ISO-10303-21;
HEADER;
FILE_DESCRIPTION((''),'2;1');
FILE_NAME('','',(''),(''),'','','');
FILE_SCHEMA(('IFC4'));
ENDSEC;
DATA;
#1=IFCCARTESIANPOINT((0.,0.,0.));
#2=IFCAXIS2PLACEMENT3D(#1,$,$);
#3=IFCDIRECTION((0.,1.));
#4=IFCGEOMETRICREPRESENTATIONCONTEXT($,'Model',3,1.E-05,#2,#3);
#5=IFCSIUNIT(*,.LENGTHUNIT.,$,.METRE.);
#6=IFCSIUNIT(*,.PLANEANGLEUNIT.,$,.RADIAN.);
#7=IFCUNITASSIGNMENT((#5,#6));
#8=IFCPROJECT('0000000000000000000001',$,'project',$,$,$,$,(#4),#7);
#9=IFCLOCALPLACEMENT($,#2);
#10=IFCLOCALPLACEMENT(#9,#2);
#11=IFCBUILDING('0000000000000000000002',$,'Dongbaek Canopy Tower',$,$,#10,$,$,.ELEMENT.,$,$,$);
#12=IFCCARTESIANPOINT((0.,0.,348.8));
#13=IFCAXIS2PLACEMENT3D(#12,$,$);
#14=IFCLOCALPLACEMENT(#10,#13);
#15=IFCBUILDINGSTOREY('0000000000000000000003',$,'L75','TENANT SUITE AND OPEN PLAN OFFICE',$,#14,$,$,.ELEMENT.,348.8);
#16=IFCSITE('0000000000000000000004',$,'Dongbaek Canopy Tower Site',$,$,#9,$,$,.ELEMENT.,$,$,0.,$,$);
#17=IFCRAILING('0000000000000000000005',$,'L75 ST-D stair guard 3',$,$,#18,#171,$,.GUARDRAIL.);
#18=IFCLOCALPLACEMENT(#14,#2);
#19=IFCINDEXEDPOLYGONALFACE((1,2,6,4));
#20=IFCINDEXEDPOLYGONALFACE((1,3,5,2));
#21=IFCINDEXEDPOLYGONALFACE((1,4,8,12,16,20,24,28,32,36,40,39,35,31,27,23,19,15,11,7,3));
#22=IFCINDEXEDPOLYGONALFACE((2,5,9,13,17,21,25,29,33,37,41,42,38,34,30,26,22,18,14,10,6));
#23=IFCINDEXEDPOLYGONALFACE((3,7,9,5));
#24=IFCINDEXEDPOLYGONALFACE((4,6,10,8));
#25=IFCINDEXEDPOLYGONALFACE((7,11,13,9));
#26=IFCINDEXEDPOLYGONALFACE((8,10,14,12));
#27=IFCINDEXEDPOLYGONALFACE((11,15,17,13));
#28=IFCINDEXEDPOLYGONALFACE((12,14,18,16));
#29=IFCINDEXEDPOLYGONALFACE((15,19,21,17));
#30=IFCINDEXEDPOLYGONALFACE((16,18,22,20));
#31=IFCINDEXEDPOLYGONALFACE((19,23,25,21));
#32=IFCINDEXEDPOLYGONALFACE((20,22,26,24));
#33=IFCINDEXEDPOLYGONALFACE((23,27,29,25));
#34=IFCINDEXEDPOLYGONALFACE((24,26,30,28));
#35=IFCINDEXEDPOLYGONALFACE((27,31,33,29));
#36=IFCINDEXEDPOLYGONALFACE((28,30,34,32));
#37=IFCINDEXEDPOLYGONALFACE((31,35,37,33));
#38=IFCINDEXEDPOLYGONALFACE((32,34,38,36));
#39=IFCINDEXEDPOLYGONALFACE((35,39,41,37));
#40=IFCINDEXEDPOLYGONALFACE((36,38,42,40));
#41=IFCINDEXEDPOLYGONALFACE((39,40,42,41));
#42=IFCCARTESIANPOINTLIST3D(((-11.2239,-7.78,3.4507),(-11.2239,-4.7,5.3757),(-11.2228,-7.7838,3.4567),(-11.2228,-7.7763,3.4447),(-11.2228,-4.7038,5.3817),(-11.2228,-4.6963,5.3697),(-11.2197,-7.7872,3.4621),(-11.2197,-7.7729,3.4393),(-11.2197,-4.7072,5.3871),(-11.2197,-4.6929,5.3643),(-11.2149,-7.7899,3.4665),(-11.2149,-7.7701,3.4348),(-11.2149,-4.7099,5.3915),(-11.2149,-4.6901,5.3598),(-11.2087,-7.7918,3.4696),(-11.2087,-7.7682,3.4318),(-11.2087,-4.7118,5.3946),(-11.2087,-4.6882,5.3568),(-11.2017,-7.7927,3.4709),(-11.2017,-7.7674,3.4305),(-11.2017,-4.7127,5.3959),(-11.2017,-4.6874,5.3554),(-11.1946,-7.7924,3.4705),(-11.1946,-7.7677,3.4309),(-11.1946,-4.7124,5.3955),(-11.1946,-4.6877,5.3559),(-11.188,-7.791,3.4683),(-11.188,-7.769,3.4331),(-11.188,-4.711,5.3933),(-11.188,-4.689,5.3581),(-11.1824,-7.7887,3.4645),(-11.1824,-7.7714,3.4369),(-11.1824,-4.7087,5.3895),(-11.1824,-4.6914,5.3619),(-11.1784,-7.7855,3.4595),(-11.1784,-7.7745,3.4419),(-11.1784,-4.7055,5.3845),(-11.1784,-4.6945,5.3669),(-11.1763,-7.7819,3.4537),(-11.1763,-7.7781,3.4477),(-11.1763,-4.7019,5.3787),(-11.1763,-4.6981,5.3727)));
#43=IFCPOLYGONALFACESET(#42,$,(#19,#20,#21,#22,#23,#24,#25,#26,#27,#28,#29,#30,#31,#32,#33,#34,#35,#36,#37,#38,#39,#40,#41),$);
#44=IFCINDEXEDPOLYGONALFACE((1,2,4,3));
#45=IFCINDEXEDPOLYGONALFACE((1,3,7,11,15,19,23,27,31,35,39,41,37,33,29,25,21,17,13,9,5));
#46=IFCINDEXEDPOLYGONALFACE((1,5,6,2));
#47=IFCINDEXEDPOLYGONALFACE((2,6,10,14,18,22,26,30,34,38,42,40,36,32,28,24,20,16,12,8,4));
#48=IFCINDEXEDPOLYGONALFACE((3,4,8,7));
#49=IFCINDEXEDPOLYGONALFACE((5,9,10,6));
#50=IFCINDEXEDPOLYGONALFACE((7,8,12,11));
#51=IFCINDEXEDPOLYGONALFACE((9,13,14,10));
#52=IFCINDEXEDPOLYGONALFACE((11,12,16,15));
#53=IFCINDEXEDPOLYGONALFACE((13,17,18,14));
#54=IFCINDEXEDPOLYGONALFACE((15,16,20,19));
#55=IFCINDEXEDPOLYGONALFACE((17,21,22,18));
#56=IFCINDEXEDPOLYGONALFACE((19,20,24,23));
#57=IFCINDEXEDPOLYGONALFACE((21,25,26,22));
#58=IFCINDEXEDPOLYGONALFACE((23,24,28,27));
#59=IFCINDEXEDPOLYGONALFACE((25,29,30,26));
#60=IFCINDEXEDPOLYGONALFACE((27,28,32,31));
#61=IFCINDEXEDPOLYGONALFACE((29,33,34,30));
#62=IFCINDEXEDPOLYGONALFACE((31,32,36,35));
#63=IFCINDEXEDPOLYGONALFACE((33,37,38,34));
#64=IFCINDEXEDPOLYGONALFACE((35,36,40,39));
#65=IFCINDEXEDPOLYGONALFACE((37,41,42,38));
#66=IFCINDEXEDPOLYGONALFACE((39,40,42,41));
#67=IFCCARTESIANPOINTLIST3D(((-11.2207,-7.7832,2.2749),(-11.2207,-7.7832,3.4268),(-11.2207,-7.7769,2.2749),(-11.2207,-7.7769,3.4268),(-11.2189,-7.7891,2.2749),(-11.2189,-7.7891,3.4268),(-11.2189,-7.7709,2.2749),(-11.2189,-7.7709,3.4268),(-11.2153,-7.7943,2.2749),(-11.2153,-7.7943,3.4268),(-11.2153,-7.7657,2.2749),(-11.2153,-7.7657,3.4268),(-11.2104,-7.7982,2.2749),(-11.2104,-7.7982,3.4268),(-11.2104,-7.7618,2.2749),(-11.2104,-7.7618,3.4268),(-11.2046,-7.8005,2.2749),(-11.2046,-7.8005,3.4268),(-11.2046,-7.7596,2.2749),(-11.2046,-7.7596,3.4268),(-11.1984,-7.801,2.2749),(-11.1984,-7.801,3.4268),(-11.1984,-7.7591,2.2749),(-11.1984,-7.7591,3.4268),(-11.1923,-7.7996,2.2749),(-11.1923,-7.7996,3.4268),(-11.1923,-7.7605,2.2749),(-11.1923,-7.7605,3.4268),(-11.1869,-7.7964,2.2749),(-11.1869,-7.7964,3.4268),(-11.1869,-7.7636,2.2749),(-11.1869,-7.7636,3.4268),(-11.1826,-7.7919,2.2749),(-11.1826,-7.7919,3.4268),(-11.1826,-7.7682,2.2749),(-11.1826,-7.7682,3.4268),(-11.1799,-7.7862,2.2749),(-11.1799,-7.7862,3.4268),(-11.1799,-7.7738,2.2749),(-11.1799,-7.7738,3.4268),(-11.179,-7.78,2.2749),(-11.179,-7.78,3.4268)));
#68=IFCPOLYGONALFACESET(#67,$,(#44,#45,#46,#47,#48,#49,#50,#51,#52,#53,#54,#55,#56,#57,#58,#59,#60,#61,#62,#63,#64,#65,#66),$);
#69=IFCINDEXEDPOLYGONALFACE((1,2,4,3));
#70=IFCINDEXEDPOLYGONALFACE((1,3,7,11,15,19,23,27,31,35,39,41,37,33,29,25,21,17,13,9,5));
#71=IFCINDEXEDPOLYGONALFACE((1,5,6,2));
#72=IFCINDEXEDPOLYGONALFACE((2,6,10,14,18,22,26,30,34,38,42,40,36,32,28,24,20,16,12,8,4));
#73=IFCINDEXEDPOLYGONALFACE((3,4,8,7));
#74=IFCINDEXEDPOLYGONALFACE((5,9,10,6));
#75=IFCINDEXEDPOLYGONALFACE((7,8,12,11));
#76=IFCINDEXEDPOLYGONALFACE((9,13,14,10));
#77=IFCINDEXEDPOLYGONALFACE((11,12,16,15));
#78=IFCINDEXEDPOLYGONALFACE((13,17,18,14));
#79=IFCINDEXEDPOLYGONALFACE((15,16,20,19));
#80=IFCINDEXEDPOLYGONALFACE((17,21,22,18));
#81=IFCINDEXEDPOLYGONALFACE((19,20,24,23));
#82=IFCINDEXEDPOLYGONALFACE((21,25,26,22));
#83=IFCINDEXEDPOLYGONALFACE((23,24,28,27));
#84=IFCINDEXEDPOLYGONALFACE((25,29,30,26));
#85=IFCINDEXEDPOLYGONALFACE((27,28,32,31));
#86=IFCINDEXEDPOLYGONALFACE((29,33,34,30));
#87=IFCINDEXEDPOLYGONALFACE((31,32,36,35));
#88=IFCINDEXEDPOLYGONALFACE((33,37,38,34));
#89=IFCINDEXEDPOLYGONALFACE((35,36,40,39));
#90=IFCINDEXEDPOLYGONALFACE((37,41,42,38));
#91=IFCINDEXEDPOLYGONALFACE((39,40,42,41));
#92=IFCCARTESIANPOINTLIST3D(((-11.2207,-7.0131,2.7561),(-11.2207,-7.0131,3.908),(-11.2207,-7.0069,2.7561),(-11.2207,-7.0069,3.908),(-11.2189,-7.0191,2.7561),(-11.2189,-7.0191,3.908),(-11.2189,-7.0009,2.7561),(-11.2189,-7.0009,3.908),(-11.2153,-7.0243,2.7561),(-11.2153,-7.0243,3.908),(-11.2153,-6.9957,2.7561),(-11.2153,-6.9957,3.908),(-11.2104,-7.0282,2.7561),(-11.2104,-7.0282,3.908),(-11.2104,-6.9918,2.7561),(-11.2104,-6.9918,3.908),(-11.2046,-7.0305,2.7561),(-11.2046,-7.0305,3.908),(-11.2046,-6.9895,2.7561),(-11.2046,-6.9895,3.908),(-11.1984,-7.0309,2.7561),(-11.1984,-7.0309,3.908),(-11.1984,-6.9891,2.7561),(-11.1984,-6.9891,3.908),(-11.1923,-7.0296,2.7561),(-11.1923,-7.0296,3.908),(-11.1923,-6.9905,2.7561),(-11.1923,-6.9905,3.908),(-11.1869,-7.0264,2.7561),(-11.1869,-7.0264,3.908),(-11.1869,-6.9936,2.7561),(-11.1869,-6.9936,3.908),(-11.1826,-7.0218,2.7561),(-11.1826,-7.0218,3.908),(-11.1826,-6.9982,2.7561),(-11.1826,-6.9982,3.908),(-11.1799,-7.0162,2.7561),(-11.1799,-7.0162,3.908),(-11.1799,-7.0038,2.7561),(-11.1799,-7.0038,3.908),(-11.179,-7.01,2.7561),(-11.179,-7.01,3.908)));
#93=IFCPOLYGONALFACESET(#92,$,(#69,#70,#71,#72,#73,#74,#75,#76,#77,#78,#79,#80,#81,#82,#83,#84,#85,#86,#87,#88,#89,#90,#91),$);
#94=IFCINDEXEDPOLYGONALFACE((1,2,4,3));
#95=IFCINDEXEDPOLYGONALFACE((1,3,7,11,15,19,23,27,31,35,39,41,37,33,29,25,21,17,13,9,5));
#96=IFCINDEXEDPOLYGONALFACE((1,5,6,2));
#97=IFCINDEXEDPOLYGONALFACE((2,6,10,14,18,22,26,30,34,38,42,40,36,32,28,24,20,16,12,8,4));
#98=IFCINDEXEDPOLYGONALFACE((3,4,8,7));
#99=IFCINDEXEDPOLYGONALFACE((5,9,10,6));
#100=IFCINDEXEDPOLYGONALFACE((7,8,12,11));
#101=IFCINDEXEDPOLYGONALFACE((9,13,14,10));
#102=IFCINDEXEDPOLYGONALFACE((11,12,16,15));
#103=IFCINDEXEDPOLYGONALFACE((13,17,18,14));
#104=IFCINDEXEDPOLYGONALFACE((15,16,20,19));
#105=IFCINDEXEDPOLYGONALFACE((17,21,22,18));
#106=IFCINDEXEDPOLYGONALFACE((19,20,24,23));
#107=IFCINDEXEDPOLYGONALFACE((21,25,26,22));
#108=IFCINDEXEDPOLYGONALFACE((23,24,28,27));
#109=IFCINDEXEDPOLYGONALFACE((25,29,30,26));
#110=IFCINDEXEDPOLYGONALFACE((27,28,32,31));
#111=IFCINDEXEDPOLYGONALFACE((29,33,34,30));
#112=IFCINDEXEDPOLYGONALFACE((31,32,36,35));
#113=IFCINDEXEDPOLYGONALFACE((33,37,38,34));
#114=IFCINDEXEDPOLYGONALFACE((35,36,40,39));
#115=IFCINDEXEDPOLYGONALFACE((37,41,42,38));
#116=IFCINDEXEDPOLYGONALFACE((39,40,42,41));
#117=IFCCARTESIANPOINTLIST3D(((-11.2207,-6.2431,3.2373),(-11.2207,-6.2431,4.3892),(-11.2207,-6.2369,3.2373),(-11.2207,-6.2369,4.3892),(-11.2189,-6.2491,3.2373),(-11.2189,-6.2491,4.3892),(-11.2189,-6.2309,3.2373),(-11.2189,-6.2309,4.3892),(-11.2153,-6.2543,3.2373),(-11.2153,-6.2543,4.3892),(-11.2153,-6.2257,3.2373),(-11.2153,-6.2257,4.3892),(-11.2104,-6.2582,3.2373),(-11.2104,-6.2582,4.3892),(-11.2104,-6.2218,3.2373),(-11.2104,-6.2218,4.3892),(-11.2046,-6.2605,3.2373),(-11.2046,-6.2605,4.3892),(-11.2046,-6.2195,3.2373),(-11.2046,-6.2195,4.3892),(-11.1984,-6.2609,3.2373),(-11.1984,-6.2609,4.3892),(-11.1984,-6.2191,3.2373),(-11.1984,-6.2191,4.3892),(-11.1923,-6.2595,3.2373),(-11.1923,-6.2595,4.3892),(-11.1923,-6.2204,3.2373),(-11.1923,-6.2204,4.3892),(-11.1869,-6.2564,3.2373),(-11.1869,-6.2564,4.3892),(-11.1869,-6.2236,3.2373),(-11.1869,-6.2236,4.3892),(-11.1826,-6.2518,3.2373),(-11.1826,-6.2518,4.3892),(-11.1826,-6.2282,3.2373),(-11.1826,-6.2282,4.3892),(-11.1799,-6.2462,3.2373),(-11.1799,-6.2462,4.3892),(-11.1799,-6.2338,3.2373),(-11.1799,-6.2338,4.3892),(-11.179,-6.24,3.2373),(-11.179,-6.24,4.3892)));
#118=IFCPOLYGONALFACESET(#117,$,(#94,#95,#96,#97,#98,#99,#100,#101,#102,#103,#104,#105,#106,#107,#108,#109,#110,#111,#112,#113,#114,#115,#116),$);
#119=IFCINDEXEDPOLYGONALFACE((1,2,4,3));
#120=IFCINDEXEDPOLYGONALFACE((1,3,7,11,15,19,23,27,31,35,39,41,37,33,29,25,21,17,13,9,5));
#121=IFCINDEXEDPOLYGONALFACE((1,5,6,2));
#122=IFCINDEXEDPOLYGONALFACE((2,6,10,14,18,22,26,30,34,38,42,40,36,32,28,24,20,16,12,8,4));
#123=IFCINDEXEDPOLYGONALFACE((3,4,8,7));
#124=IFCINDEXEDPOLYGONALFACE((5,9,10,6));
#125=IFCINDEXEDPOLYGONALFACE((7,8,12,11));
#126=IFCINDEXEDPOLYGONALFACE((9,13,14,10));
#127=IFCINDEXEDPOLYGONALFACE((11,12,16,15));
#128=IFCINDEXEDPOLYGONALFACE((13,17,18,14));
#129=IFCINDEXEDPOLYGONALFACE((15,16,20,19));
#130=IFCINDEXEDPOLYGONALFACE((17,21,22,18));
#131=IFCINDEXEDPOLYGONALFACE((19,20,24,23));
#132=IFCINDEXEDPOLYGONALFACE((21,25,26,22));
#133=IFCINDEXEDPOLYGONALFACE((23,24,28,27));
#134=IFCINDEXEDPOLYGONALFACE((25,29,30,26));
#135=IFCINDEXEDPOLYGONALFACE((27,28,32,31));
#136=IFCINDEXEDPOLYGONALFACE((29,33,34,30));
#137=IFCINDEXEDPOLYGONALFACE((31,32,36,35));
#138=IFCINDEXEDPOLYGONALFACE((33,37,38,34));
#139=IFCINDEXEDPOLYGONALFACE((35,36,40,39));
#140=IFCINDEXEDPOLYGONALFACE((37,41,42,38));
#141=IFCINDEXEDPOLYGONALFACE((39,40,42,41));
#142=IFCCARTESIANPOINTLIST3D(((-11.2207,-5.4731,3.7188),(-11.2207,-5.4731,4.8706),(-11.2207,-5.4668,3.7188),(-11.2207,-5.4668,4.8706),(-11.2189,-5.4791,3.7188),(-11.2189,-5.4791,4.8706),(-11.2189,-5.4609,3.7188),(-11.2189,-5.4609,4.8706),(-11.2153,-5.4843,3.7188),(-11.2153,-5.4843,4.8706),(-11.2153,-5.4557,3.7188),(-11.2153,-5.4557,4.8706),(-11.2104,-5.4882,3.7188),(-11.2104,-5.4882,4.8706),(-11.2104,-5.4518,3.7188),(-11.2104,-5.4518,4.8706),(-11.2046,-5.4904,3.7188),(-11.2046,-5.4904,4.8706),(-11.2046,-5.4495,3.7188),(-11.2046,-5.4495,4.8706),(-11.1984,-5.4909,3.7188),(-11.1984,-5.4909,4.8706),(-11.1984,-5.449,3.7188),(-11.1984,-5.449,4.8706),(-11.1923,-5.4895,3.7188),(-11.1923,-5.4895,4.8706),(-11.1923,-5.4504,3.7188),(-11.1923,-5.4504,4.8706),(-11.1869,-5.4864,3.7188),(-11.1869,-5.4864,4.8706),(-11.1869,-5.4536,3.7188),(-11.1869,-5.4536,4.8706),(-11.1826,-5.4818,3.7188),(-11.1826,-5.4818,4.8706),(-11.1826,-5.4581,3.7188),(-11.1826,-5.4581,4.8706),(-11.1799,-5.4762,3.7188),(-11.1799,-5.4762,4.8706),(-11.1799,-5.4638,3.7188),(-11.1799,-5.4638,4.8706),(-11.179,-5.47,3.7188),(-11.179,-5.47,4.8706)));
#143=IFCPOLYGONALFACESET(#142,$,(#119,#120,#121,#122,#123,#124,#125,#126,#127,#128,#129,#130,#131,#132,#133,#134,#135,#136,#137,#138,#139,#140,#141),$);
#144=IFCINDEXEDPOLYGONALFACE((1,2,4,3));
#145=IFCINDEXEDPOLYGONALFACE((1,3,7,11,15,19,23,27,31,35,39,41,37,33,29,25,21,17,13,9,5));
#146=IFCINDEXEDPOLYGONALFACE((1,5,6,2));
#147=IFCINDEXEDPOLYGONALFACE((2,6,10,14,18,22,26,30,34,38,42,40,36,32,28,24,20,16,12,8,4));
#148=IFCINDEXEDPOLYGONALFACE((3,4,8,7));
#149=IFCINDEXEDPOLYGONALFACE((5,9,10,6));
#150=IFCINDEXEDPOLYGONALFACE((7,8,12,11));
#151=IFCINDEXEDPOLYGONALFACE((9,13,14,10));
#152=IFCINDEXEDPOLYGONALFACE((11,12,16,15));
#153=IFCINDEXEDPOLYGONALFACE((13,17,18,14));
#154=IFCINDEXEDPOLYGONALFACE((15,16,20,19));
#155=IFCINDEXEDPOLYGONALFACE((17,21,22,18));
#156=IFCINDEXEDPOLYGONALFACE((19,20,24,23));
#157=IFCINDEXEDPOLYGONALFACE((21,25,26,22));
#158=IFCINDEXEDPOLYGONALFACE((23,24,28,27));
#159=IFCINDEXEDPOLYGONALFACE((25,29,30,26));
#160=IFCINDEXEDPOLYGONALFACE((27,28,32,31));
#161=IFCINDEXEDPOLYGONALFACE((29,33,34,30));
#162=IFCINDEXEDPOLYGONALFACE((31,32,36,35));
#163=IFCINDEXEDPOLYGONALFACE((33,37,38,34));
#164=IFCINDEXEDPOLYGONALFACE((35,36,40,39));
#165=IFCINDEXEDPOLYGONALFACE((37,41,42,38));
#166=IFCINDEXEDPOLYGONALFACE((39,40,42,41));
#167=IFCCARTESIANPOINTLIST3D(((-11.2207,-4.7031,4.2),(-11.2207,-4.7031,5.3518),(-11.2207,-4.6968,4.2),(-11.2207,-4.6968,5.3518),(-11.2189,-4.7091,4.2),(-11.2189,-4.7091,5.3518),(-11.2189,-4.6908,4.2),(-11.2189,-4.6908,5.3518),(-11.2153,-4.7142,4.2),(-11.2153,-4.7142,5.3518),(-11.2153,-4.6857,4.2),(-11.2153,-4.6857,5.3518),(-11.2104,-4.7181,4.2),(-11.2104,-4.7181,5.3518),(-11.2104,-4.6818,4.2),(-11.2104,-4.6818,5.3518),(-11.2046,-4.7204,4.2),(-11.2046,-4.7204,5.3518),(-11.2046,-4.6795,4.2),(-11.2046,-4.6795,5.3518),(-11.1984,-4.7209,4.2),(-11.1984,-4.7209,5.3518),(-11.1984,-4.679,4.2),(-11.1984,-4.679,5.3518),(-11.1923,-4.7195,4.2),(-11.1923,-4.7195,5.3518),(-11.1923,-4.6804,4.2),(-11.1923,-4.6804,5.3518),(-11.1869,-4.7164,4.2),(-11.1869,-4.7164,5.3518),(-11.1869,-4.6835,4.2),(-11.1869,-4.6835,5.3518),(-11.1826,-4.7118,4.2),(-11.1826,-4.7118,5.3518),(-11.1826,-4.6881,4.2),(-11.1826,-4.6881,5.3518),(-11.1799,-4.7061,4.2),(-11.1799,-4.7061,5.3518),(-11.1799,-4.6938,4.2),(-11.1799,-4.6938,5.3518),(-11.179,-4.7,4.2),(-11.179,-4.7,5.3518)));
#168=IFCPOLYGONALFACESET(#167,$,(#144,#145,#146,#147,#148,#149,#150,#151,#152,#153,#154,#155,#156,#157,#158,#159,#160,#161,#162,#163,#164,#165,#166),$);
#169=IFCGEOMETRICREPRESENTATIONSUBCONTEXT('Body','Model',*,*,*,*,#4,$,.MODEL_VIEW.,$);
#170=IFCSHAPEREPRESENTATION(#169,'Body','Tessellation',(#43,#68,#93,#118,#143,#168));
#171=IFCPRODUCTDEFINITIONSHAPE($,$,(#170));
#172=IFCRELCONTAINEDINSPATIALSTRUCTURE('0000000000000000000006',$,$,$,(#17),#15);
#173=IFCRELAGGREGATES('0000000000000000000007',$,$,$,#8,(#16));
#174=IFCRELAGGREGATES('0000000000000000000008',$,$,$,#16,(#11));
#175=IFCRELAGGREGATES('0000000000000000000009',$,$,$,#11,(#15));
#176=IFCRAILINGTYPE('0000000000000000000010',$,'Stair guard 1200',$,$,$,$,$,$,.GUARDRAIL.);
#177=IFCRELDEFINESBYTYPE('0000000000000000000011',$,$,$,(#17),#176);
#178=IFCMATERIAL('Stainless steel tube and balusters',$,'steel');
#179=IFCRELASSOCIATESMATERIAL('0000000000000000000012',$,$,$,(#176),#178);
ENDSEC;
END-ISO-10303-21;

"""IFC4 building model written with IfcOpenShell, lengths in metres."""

from ifc_helpers import new_model, si_unit, direction, frame, origin, origin_2d, place, context, subcontext, project, spatial, circle, extrude, material, type_object, element, save


model = new_model("IFC4")

# Units and contexts
model_context = context("Model", 3, precision=1e-05, world=origin(), true_north=direction((0.0, 1.0)))
body_context = subcontext(model_context, "Body", "Model", "MODEL_VIEW")
ifc_project = project(units=[si_unit("LENGTHUNIT", "METRE"), si_unit("PLANEANGLEUNIT", "RADIAN")], contexts=[model_context])

# Site, building, storey
site_placement = place(None, origin())
site = spatial("IfcSite", under=ifc_project, at=site_placement, Name="Dongbaek Canopy Tower Site", CompositionType="ELEMENT", RefElevation=0.0)
building_placement = place(site_placement, origin())
building = spatial("IfcBuilding", under=site, at=building_placement, Name="Dongbaek Canopy Tower", CompositionType="ELEMENT")
storey_placement = place(building_placement, frame((0.0, 0.0, 348.8)))
storey = spatial("IfcBuildingStorey", under=building, at=storey_placement, Name="L75", Description="TENANT SUITE AND OPEN PLAN OFFICE", CompositionType="ELEMENT", Elevation=348.8)

# Railing
ifc_material_1 = material(Name="Stainless steel tube and balusters", Category="steel")
railing_type_1 = type_object("IfcRailingType", Name="Stair guard 1200", PredefinedType="GUARDRAIL", material=ifc_material_1)
railing_1_placement = place(storey_placement, frame((-11.2, -7.78, 2.2749)))
element("IfcRailing", 1, at=railing_1_placement, inside=storey, type_object=railing_type_1, Name="L75 ST-D stair guard 3", PredefinedType="GUARDRAIL", context=body_context, shape_type="SweptSolid", body=[
    extrude(circle(Radius=0.0239, at=origin_2d()), frame((0.0, 0.0, 1.1758), z_axis=(0.0, 0.847998, 0.529999), x_axis=(-1.0, 0.0, 0.0)), (0.0, 0.0, 1.0), 3.6321),
    extrude(circle(Radius=0.021, at=origin_2d()), origin(), (0.0, 0.0, 1.0), 1.1519),
    extrude(circle(Radius=0.021, at=origin_2d()), frame((0.0, 0.77, 0.4812)), (0.0, 0.0, 1.0), 1.1519),
    extrude(circle(Radius=0.021, at=origin_2d()), frame((0.0, 1.54, 0.9624)), (0.0, 0.0, 1.0), 1.1519),
    extrude(circle(Radius=0.021, at=origin_2d()), frame((0.0, 2.3101, 1.4438)), (0.0, 0.0, 1.0), 1.1519),
    extrude(circle(Radius=0.021, at=origin_2d()), frame((0.0, 3.0801, 1.925)), (0.0, 0.0, 1.0), 1.1519),
])

save(model, "model.ifc")
